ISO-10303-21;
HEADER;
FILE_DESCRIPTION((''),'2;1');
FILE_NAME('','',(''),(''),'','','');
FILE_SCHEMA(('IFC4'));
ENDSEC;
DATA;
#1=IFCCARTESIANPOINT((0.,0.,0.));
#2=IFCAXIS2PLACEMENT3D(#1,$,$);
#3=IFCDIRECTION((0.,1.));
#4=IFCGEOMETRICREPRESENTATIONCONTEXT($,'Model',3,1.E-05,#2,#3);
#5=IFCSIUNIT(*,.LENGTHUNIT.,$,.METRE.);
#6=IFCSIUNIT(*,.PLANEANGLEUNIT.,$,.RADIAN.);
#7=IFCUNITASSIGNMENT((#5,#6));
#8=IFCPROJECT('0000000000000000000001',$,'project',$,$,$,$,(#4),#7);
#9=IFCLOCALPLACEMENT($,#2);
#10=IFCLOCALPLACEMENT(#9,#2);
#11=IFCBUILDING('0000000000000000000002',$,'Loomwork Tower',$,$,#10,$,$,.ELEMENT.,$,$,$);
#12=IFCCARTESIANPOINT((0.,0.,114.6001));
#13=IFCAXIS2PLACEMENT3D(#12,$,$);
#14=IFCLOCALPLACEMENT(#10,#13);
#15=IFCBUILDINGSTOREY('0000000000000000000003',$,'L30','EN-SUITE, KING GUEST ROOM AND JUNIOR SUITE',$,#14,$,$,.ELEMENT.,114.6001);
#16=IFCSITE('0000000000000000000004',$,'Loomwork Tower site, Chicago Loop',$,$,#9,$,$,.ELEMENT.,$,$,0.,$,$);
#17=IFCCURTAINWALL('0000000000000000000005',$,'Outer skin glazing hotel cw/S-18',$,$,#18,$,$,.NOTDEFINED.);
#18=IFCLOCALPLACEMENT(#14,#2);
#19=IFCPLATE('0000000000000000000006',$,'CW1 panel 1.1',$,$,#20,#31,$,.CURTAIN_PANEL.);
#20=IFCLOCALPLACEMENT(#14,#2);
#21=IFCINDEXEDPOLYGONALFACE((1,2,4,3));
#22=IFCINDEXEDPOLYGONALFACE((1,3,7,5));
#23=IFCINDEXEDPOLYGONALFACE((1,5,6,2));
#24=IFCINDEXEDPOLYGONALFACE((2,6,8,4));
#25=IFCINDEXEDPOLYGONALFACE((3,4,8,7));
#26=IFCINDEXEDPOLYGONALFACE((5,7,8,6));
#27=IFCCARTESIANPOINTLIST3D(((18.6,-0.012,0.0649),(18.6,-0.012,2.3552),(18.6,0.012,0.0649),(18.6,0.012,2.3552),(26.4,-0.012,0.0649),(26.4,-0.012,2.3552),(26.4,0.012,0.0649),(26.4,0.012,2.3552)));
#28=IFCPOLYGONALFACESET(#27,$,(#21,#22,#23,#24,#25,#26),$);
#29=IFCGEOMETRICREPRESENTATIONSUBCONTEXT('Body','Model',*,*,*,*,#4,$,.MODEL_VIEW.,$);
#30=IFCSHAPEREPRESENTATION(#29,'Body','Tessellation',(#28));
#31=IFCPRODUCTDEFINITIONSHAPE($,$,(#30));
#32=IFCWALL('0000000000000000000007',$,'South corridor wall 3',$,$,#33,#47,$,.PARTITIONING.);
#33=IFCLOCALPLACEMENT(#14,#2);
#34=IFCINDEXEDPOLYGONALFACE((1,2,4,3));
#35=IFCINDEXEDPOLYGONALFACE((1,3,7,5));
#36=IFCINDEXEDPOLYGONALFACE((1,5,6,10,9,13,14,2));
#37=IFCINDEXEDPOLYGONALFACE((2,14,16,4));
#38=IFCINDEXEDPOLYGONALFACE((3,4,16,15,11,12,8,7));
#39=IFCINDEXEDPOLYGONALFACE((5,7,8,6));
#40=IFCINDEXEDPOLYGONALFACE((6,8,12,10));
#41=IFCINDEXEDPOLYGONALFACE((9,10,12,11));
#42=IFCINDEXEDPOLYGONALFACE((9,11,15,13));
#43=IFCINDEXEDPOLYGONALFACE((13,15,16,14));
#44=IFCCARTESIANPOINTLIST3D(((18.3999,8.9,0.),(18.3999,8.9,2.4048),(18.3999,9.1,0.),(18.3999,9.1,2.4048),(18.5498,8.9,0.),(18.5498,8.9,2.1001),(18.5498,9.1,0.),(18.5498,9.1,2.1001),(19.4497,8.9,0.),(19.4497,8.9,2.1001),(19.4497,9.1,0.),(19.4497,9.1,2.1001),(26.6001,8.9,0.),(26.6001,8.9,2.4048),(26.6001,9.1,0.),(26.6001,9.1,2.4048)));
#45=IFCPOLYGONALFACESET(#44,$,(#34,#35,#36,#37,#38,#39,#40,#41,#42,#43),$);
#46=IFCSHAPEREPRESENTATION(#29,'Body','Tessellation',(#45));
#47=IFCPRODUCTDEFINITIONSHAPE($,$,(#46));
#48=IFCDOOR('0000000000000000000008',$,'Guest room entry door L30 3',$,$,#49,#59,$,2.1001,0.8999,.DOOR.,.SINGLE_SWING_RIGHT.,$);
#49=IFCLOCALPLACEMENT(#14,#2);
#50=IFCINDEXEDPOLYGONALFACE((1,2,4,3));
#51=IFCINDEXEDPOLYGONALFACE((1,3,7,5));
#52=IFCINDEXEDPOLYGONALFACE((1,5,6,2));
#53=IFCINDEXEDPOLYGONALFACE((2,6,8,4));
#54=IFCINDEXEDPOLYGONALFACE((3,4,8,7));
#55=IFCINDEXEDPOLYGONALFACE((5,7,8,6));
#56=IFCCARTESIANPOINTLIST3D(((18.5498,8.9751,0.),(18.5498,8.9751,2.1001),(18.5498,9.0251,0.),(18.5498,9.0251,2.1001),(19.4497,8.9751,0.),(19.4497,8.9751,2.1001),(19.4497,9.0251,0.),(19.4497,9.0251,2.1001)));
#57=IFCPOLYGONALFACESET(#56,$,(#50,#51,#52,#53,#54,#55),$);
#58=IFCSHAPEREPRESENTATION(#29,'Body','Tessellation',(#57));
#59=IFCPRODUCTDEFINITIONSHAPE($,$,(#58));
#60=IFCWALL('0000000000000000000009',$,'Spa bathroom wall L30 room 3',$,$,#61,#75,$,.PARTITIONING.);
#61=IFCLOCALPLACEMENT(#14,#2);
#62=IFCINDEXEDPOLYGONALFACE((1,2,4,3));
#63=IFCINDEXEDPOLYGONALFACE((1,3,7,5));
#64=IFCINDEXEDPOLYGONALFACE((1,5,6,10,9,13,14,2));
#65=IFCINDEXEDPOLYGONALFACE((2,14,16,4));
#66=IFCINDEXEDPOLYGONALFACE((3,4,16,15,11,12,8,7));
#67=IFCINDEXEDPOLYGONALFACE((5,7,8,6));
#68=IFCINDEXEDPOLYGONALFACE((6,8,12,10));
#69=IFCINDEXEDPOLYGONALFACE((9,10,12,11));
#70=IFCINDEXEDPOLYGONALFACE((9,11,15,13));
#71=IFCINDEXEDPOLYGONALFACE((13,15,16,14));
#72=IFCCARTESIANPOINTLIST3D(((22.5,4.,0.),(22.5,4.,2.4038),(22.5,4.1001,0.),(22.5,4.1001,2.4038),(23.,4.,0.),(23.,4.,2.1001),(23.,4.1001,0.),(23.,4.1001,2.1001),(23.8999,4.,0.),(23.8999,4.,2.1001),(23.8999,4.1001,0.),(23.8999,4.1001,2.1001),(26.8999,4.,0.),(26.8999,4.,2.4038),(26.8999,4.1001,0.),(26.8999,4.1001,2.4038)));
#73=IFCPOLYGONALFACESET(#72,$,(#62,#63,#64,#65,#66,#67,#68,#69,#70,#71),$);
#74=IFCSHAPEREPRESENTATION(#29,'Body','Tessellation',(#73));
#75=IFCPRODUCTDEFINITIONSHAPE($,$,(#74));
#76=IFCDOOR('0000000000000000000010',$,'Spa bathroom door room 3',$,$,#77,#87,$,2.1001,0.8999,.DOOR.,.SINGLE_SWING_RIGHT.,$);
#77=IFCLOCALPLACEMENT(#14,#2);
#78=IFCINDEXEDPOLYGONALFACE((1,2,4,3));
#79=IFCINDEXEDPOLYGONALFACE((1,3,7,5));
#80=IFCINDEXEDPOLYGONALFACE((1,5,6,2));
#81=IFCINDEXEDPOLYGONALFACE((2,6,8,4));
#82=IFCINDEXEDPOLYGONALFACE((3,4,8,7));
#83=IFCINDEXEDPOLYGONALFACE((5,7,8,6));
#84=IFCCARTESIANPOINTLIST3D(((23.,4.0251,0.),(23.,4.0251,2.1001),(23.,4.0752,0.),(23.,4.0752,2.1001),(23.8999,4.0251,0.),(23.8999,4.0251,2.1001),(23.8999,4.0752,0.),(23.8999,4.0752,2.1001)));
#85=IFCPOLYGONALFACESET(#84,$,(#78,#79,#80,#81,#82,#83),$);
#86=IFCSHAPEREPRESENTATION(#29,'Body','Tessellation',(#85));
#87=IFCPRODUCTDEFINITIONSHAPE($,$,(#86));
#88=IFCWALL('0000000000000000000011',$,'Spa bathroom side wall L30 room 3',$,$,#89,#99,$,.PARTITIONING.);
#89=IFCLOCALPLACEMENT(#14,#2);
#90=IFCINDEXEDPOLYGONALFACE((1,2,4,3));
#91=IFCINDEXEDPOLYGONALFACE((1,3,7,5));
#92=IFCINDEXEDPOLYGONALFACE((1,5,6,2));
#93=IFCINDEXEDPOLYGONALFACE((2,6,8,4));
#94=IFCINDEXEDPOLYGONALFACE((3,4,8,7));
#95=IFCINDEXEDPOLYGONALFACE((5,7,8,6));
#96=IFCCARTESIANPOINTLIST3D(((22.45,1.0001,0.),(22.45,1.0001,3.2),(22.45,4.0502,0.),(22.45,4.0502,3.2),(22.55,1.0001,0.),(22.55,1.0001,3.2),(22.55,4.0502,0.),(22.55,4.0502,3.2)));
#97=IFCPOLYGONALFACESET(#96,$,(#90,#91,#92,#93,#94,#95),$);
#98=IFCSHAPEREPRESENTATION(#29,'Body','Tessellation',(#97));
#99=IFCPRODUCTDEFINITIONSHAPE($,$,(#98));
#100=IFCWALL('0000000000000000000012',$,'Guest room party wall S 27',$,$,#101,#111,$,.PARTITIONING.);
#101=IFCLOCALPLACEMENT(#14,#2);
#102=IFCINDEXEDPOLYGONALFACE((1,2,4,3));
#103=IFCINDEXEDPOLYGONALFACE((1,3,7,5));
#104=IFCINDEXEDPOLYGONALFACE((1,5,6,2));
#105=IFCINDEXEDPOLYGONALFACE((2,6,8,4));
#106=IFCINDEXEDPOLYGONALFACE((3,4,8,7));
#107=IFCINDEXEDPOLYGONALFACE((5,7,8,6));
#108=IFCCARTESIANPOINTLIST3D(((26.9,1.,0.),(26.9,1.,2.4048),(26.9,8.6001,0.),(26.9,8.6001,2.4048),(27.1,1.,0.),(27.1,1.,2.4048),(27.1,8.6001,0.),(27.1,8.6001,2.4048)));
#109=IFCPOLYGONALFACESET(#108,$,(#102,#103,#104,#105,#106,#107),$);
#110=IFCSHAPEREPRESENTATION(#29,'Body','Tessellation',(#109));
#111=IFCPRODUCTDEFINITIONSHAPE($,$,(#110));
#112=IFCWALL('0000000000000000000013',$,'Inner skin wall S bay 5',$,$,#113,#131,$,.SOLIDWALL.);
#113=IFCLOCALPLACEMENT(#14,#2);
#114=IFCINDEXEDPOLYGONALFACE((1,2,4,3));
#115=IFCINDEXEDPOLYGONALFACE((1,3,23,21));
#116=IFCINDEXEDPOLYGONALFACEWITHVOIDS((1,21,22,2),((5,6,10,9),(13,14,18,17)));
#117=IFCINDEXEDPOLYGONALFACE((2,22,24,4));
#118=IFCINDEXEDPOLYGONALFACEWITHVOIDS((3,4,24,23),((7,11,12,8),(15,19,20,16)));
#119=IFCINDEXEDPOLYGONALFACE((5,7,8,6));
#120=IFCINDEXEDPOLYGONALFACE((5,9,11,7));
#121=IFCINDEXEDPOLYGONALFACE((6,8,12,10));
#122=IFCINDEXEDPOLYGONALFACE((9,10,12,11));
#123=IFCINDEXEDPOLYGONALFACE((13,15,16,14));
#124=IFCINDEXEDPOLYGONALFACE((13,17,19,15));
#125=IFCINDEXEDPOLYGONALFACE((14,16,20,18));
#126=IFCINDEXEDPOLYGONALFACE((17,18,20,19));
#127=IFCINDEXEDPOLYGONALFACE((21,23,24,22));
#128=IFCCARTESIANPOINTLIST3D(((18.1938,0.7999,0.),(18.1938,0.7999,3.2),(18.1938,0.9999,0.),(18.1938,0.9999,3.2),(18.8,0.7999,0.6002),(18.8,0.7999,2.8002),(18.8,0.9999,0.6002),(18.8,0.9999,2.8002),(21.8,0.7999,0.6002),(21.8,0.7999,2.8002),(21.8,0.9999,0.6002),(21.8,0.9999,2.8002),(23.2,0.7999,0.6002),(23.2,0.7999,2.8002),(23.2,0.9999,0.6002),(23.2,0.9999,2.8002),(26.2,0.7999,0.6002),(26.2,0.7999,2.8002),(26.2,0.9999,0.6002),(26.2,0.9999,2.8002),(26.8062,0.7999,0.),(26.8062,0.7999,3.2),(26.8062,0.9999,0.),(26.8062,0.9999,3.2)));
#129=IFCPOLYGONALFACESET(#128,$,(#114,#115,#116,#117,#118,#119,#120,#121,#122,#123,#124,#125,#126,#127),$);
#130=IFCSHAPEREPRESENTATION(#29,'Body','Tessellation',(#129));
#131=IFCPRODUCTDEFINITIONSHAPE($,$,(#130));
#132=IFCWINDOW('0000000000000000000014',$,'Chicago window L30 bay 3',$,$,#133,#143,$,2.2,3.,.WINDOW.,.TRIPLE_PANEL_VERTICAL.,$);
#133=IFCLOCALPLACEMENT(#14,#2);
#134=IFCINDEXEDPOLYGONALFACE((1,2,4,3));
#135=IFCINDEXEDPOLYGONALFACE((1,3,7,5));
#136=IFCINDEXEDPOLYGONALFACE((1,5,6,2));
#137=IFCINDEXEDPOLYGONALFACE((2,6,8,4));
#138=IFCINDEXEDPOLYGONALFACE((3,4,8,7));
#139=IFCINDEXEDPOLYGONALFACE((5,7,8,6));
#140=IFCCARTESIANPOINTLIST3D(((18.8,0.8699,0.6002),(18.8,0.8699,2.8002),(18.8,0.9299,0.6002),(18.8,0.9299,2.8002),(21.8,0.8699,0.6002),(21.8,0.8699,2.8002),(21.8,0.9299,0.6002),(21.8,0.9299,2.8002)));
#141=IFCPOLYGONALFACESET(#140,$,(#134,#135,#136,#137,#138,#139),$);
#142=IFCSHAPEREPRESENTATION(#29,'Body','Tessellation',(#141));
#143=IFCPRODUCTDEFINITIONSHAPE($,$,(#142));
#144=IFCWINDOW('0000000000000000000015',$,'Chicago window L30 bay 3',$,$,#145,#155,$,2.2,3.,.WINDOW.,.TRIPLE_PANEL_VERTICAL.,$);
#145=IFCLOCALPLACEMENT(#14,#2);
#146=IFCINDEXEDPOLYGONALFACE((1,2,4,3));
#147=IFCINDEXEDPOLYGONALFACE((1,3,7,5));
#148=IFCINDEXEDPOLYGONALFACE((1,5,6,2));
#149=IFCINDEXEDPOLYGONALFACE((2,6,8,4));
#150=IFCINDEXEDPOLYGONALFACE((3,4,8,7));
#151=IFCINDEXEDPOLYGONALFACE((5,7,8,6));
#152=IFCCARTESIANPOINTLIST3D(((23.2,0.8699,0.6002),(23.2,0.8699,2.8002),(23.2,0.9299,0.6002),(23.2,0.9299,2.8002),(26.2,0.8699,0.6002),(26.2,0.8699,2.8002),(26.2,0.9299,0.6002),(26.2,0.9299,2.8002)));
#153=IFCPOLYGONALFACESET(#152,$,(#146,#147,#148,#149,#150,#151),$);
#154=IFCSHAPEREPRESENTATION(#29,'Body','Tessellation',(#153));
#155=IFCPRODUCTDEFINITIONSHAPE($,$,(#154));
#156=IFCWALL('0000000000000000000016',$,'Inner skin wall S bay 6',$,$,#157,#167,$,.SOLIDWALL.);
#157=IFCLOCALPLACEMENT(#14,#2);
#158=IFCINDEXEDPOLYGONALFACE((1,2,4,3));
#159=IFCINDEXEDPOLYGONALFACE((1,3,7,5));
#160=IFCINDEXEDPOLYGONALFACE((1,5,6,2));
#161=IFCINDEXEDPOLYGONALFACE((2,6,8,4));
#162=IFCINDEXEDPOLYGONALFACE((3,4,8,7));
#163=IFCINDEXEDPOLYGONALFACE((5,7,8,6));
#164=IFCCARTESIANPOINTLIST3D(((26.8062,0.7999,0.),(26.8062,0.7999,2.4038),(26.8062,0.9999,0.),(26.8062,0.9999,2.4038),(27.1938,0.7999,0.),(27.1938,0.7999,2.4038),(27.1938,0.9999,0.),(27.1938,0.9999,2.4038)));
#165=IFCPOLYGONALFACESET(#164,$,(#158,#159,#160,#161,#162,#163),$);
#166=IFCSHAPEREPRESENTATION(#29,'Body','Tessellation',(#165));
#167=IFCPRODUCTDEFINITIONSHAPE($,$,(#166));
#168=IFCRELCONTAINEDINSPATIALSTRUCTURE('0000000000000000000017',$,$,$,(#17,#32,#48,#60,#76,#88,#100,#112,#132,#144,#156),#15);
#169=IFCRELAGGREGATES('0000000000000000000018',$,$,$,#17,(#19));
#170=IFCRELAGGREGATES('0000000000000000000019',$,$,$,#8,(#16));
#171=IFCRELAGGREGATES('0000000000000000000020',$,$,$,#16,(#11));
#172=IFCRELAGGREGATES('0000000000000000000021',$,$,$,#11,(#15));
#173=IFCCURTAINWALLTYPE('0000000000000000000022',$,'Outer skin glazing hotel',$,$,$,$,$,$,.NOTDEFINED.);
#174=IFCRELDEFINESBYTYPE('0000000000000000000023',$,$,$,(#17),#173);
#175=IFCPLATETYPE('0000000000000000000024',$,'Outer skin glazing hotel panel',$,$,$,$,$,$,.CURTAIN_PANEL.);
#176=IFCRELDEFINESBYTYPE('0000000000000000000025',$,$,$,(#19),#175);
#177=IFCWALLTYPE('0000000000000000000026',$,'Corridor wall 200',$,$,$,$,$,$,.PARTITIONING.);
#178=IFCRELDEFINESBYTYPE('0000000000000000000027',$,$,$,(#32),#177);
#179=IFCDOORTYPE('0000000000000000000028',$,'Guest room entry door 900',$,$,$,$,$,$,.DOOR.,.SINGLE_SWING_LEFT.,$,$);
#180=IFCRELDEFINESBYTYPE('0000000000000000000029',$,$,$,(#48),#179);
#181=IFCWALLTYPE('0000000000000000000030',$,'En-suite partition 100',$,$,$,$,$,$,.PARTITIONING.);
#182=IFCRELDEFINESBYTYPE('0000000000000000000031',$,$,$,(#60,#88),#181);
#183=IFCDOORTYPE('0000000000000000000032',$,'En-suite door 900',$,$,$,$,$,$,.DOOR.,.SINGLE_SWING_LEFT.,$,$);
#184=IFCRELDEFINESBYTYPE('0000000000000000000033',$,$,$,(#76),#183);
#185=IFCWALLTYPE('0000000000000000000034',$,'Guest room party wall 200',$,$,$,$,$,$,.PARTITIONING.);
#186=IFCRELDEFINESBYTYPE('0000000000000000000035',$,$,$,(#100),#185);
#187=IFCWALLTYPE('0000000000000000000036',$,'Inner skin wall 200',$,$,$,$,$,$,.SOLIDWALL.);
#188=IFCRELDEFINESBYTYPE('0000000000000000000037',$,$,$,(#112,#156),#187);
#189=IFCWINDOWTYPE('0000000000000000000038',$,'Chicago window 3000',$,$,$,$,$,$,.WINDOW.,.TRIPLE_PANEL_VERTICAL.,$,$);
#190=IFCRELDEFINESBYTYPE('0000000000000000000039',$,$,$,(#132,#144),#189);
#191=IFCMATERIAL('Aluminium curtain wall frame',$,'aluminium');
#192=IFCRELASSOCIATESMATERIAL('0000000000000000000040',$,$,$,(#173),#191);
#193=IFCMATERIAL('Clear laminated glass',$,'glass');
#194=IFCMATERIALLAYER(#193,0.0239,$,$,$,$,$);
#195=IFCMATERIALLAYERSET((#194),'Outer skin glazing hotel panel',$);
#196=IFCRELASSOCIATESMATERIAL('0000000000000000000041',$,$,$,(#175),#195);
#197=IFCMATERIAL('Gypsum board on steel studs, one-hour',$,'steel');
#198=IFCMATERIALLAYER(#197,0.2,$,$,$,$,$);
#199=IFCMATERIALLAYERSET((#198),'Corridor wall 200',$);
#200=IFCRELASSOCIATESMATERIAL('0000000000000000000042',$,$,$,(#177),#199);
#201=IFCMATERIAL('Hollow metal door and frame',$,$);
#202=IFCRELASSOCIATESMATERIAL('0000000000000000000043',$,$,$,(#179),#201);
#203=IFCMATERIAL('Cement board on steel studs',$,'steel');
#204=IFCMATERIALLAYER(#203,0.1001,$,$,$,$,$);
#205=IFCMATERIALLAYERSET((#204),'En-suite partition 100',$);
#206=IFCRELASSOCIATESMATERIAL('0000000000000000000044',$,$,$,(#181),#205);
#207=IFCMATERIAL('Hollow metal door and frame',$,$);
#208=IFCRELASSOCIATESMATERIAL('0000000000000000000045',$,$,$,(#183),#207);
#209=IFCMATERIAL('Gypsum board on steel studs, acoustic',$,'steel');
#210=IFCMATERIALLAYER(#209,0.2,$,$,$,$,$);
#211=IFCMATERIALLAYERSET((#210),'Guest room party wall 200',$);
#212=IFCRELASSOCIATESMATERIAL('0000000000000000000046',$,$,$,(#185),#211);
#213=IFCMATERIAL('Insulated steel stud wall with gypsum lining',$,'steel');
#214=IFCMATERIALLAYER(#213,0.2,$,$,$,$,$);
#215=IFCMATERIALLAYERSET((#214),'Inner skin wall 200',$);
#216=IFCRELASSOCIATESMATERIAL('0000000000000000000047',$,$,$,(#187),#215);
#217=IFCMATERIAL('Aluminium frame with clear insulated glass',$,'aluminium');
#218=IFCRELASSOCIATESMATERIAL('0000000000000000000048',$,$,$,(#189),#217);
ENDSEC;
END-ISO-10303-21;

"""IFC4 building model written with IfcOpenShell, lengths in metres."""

from ifc_helpers import new_model, si_unit, direction, frame, frame_2d, origin, origin_2d, place, context, subcontext, project, spatial, rectangle, extrude, material, layer, layer_set, type_object, element, fill, aggregate, save


model = new_model("IFC4")

# Units and contexts
model_context = context("Model", 3, precision=1e-05, world=origin(), true_north=direction((0.0, 1.0)))
body_context = subcontext(model_context, "Body", "Model", "MODEL_VIEW")
ifc_project = project(units=[si_unit("LENGTHUNIT", "METRE"), si_unit("PLANEANGLEUNIT", "RADIAN")], contexts=[model_context])

# Site, building, storey
site_placement = place(None, origin())
site = spatial("IfcSite", under=ifc_project, at=site_placement, Name="Loomwork Tower site, Chicago Loop", CompositionType="ELEMENT", RefElevation=0.0)
building_placement = place(site_placement, origin())
building = spatial("IfcBuilding", under=site, at=building_placement, Name="Loomwork Tower", CompositionType="ELEMENT")
storey_placement = place(building_placement, frame((0.0, 0.0, 114.6001)))
storey = spatial("IfcBuildingStorey", under=building, at=storey_placement, Name="L30", Description="EN-SUITE, KING GUEST ROOM AND JUNIOR SUITE", CompositionType="ELEMENT", Elevation=114.6001)

# Curtain wall
ifc_material_1 = material(Name="Aluminium curtain wall frame", Category="aluminium")
curtain_wall_type = type_object("IfcCurtainWallType", Name="Outer skin glazing hotel", PredefinedType="NOTDEFINED", material=ifc_material_1)
curtain_wall_placement = place(storey_placement, origin())
curtain_wall = element("IfcCurtainWall", 1, at=curtain_wall_placement, inside=storey, type_object=curtain_wall_type, Name="Outer skin glazing hotel cw/S-18", PredefinedType="NOTDEFINED")

# Plate
ifc_material_2 = material(Name="Clear laminated glass", Category="glass")
ifc_layer_1 = layer(ifc_material_2, 0.0239)
ifc_layer_set_1 = layer_set([ifc_layer_1], Name="Outer skin glazing hotel panel")
plate_type = type_object("IfcPlateType", Name="Outer skin glazing hotel panel", PredefinedType="CURTAIN_PANEL", material=ifc_layer_set_1)
plate_placement = place(storey_placement, frame((22.5, 0.0, 0.0649), z_axis=(0.0, 0.0, 1.0), x_axis=(1.0, 0.0, 0.0)))
plate = element("IfcPlate", 2, at=plate_placement, type_object=plate_type, Name="CW1 panel 1.1", PredefinedType="CURTAIN_PANEL", context=body_context, shape_type="SweptSolid", body=[
    extrude(rectangle(XDim=7.8, YDim=0.0239, at=origin_2d()), origin(), (0.0, 0.0, 1.0), 2.2903),
])
aggregate(curtain_wall, [plate])

# Walls, openings, doors
ifc_material_3 = material(Name="Gypsum board on steel studs, one-hour", Category="steel")
ifc_layer_2 = layer(ifc_material_3, 0.2)
ifc_layer_set_2 = layer_set([ifc_layer_2], Name="Corridor wall 200")
wall_type_1 = type_object("IfcWallType", Name="Corridor wall 200", PredefinedType="PARTITIONING", material=ifc_layer_set_2)
wall_1_placement = place(storey_placement, frame((18.3999, 9.0, 0.0), z_axis=(0.0, 0.0, 1.0), x_axis=(1.0, 0.0, 0.0)))
wall_1 = element("IfcWall", 3, at=wall_1_placement, inside=storey, type_object=wall_type_1, Name="South corridor wall 3", PredefinedType="PARTITIONING", context=body_context, shape_type="SweptSolid", body=[
    extrude(rectangle(XDim=8.2002, YDim=0.2, at=frame_2d((4.1001, 0.0))), origin(), (0.0, 0.0, 1.0), 2.4048),
])
opening_1_placement = place(wall_1_placement, frame((0.1499, 0.0, 0.0)))
opening_1 = element("IfcOpeningElement", 4, at=opening_1_placement, cuts=wall_1, PredefinedType="OPENING", context=body_context, shape_type="SweptSolid", body=[
    extrude(rectangle(XDim=0.8999, YDim=2.1001, at=frame_2d((0.45, 1.05))), frame((0.0, 0.1099, 0.0), z_axis=(0.0, -1.0, 0.0), x_axis=(1.0, 0.0, 0.0)), (0.0, 0.0, 1.0), 0.22),
])
ifc_material_4 = material(Name="Hollow metal door and frame")
door_type_1 = type_object("IfcDoorType", Name="Guest room entry door 900", OperationType="SINGLE_SWING_LEFT", PredefinedType="DOOR", material=ifc_material_4)
door_1_placement = place(opening_1_placement, frame((0.8999, 0.0, 0.0), z_axis=(0.0, 0.0, 1.0), x_axis=(-1.0, 0.0, 0.0)))
door_1 = element("IfcDoor", 5, at=door_1_placement, inside=storey, type_object=door_type_1, Name="Guest room entry door L30 3", OperationType="SINGLE_SWING_RIGHT", OverallHeight=2.1001, OverallWidth=0.8999, PredefinedType="DOOR", context=body_context, shape_type="SweptSolid", body=[
    extrude(rectangle(XDim=0.8999, YDim=2.1001, at=frame_2d((0.45, 1.05))), frame((0.0, 0.0249, 0.0), z_axis=(0.0, -1.0, 0.0), x_axis=(1.0, 0.0, 0.0)), (0.0, 0.0, 1.0), 0.05),
])
fill(opening_1, door_1)
ifc_material_5 = material(Name="Cement board on steel studs", Category="steel")
ifc_layer_3 = layer(ifc_material_5, 0.1001)
ifc_layer_set_3 = layer_set([ifc_layer_3], Name="En-suite partition 100")
wall_type_2 = type_object("IfcWallType", Name="En-suite partition 100", PredefinedType="PARTITIONING", material=ifc_layer_set_3)
wall_2_placement = place(storey_placement, frame((22.5, 4.05, 0.0), z_axis=(0.0, 0.0, 1.0), x_axis=(1.0, 0.0, 0.0)))
wall_2 = element("IfcWall", 6, at=wall_2_placement, inside=storey, type_object=wall_type_2, Name="Spa bathroom wall L30 room 3", PredefinedType="PARTITIONING", context=body_context, shape_type="SweptSolid", body=[
    extrude(rectangle(XDim=4.3999, YDim=0.1001, at=frame_2d((2.2, 0.0))), origin(), (0.0, 0.0, 1.0), 2.4038),
])
opening_2_placement = place(wall_2_placement, frame((0.5, 0.0, 0.0)))
opening_2 = element("IfcOpeningElement", 7, at=opening_2_placement, cuts=wall_2, PredefinedType="OPENING", context=body_context, shape_type="SweptSolid", body=[
    extrude(rectangle(XDim=0.8999, YDim=2.1001, at=frame_2d((0.45, 1.05))), frame((0.0, 0.0601, 0.0), z_axis=(0.0, -1.0, 0.0), x_axis=(1.0, 0.0, 0.0)), (0.0, 0.0, 1.0), 0.1201),
])
ifc_material_6 = material(Name="Hollow metal door and frame")
door_type_2 = type_object("IfcDoorType", Name="En-suite door 900", OperationType="SINGLE_SWING_LEFT", PredefinedType="DOOR", material=ifc_material_6)
door_2_placement = place(opening_2_placement, frame((0.8999, 0.0, 0.0), z_axis=(0.0, 0.0, 1.0), x_axis=(-1.0, 0.0, 0.0)))
door_2 = element("IfcDoor", 8, at=door_2_placement, inside=storey, type_object=door_type_2, Name="Spa bathroom door room 3", OperationType="SINGLE_SWING_RIGHT", OverallHeight=2.1001, OverallWidth=0.8999, PredefinedType="DOOR", context=body_context, shape_type="SweptSolid", body=[
    extrude(rectangle(XDim=0.8999, YDim=2.1001, at=frame_2d((0.45, 1.05))), frame((0.0, 0.0249, 0.0), z_axis=(0.0, -1.0, 0.0), x_axis=(1.0, 0.0, 0.0)), (0.0, 0.0, 1.0), 0.05),
])
fill(opening_2, door_2)

# Walls
wall_3_placement = place(storey_placement, frame((22.5, 4.05, 0.0), z_axis=(0.0, 0.0, 1.0), x_axis=(0.0, -1.0, 0.0)))
element("IfcWall", 9, at=wall_3_placement, inside=storey, type_object=wall_type_2, Name="Spa bathroom side wall L30 room 3", PredefinedType="PARTITIONING", context=body_context, shape_type="SweptSolid", body=[
    extrude(rectangle(XDim=3.05, YDim=0.1001, at=frame_2d((1.5249, 0.0))), origin(), (0.0, 0.0, 1.0), 3.2),
])
ifc_material_7 = material(Name="Gypsum board on steel studs, acoustic", Category="steel")
ifc_layer_4 = layer(ifc_material_7, 0.2)
ifc_layer_set_4 = layer_set([ifc_layer_4], Name="Guest room party wall 200")
wall_type_3 = type_object("IfcWallType", Name="Guest room party wall 200", PredefinedType="PARTITIONING", material=ifc_layer_set_4)
wall_4_placement = place(storey_placement, frame((27.0, 8.6001, 0.0), z_axis=(0.0, 0.0, 1.0), x_axis=(0.0, -1.0, 0.0)))
element("IfcWall", 10, at=wall_4_placement, inside=storey, type_object=wall_type_3, Name="Guest room party wall S 27", PredefinedType="PARTITIONING", context=body_context, shape_type="SweptSolid", body=[
    extrude(rectangle(XDim=7.6001, YDim=0.2, at=frame_2d((3.8, 0.0))), origin(), (0.0, 0.0, 1.0), 2.4048),
])

# Wall, openings, windows
ifc_material_8 = material(Name="Insulated steel stud wall with gypsum lining", Category="steel")
ifc_layer_5 = layer(ifc_material_8, 0.2)
ifc_layer_set_5 = layer_set([ifc_layer_5], Name="Inner skin wall 200")
wall_type_4 = type_object("IfcWallType", Name="Inner skin wall 200", PredefinedType="SOLIDWALL", material=ifc_layer_set_5)
wall_5_placement = place(storey_placement, frame((18.1938, 0.8999, 0.0), z_axis=(0.0, 0.0, 1.0), x_axis=(1.0, 0.0, 0.0)))
wall_5 = element("IfcWall", 11, at=wall_5_placement, inside=storey, type_object=wall_type_4, Name="Inner skin wall S bay 5", PredefinedType="SOLIDWALL", context=body_context, shape_type="SweptSolid", body=[
    extrude(rectangle(XDim=8.6123, YDim=0.2, at=frame_2d((4.3062, 0.0))), origin(), (0.0, 0.0, 1.0), 3.2),
])
opening_3_placement = place(wall_5_placement, frame((0.6062, 0.0, 0.6001)))
opening_3 = element("IfcOpeningElement", 12, at=opening_3_placement, cuts=wall_5, PredefinedType="OPENING", context=body_context, shape_type="SweptSolid", body=[
    extrude(rectangle(XDim=3.0, YDim=2.2, at=frame_2d((1.5, 1.1001))), frame((0.0, 0.1099, 0.0), z_axis=(0.0, -1.0, 0.0), x_axis=(1.0, 0.0, 0.0)), (0.0, 0.0, 1.0), 0.22),
])
opening_4_placement = place(wall_5_placement, frame((5.0061, 0.0, 0.6001)))
opening_4 = element("IfcOpeningElement", 13, at=opening_4_placement, cuts=wall_5, PredefinedType="OPENING", context=body_context, shape_type="SweptSolid", body=[
    extrude(rectangle(XDim=3.0, YDim=2.2, at=frame_2d((1.5, 1.1001))), frame((0.0, 0.1099, 0.0), z_axis=(0.0, -1.0, 0.0), x_axis=(1.0, 0.0, 0.0)), (0.0, 0.0, 1.0), 0.22),
])
ifc_material_9 = material(Name="Aluminium frame with clear insulated glass", Category="aluminium")
window_type = type_object("IfcWindowType", Name="Chicago window 3000", PartitioningType="TRIPLE_PANEL_VERTICAL", PredefinedType="WINDOW", material=ifc_material_9)
window_1_placement = place(opening_3_placement, origin())
window_1 = element("IfcWindow", 14, at=window_1_placement, inside=storey, type_object=window_type, Name="Chicago window L30 bay 3", OverallHeight=2.2, OverallWidth=3.0, PartitioningType="TRIPLE_PANEL_VERTICAL", PredefinedType="WINDOW", context=body_context, shape_type="SweptSolid", body=[
    extrude(rectangle(XDim=3.0, YDim=2.2, at=frame_2d((1.5, 1.1001))), frame((0.0, 0.03, 0.0), z_axis=(0.0, -1.0, 0.0), x_axis=(1.0, 0.0, 0.0)), (0.0, 0.0, 1.0), 0.0601),
])
fill(opening_3, window_1)
window_2_placement = place(opening_4_placement, origin())
window_2 = element("IfcWindow", 15, at=window_2_placement, inside=storey, type_object=window_type, Name="Chicago window L30 bay 3", OverallHeight=2.2, OverallWidth=3.0, PartitioningType="TRIPLE_PANEL_VERTICAL", PredefinedType="WINDOW", context=body_context, shape_type="SweptSolid", body=[
    extrude(rectangle(XDim=3.0, YDim=2.2, at=frame_2d((1.5, 1.1001))), frame((0.0, 0.03, 0.0), z_axis=(0.0, -1.0, 0.0), x_axis=(1.0, 0.0, 0.0)), (0.0, 0.0, 1.0), 0.0601),
])
fill(opening_4, window_2)

# Wall
wall_6_placement = place(storey_placement, frame((26.8062, 0.8999, 0.0), z_axis=(0.0, 0.0, 1.0), x_axis=(1.0, 0.0, 0.0)))
element("IfcWall", 16, at=wall_6_placement, inside=storey, type_object=wall_type_4, Name="Inner skin wall S bay 6", PredefinedType="SOLIDWALL", context=body_context, shape_type="SweptSolid", body=[
    extrude(rectangle(XDim=0.3877, YDim=0.2, at=frame_2d((0.1938, 0.0))), origin(), (0.0, 0.0, 1.0), 2.4038),
])

save(model, "model.ifc")
